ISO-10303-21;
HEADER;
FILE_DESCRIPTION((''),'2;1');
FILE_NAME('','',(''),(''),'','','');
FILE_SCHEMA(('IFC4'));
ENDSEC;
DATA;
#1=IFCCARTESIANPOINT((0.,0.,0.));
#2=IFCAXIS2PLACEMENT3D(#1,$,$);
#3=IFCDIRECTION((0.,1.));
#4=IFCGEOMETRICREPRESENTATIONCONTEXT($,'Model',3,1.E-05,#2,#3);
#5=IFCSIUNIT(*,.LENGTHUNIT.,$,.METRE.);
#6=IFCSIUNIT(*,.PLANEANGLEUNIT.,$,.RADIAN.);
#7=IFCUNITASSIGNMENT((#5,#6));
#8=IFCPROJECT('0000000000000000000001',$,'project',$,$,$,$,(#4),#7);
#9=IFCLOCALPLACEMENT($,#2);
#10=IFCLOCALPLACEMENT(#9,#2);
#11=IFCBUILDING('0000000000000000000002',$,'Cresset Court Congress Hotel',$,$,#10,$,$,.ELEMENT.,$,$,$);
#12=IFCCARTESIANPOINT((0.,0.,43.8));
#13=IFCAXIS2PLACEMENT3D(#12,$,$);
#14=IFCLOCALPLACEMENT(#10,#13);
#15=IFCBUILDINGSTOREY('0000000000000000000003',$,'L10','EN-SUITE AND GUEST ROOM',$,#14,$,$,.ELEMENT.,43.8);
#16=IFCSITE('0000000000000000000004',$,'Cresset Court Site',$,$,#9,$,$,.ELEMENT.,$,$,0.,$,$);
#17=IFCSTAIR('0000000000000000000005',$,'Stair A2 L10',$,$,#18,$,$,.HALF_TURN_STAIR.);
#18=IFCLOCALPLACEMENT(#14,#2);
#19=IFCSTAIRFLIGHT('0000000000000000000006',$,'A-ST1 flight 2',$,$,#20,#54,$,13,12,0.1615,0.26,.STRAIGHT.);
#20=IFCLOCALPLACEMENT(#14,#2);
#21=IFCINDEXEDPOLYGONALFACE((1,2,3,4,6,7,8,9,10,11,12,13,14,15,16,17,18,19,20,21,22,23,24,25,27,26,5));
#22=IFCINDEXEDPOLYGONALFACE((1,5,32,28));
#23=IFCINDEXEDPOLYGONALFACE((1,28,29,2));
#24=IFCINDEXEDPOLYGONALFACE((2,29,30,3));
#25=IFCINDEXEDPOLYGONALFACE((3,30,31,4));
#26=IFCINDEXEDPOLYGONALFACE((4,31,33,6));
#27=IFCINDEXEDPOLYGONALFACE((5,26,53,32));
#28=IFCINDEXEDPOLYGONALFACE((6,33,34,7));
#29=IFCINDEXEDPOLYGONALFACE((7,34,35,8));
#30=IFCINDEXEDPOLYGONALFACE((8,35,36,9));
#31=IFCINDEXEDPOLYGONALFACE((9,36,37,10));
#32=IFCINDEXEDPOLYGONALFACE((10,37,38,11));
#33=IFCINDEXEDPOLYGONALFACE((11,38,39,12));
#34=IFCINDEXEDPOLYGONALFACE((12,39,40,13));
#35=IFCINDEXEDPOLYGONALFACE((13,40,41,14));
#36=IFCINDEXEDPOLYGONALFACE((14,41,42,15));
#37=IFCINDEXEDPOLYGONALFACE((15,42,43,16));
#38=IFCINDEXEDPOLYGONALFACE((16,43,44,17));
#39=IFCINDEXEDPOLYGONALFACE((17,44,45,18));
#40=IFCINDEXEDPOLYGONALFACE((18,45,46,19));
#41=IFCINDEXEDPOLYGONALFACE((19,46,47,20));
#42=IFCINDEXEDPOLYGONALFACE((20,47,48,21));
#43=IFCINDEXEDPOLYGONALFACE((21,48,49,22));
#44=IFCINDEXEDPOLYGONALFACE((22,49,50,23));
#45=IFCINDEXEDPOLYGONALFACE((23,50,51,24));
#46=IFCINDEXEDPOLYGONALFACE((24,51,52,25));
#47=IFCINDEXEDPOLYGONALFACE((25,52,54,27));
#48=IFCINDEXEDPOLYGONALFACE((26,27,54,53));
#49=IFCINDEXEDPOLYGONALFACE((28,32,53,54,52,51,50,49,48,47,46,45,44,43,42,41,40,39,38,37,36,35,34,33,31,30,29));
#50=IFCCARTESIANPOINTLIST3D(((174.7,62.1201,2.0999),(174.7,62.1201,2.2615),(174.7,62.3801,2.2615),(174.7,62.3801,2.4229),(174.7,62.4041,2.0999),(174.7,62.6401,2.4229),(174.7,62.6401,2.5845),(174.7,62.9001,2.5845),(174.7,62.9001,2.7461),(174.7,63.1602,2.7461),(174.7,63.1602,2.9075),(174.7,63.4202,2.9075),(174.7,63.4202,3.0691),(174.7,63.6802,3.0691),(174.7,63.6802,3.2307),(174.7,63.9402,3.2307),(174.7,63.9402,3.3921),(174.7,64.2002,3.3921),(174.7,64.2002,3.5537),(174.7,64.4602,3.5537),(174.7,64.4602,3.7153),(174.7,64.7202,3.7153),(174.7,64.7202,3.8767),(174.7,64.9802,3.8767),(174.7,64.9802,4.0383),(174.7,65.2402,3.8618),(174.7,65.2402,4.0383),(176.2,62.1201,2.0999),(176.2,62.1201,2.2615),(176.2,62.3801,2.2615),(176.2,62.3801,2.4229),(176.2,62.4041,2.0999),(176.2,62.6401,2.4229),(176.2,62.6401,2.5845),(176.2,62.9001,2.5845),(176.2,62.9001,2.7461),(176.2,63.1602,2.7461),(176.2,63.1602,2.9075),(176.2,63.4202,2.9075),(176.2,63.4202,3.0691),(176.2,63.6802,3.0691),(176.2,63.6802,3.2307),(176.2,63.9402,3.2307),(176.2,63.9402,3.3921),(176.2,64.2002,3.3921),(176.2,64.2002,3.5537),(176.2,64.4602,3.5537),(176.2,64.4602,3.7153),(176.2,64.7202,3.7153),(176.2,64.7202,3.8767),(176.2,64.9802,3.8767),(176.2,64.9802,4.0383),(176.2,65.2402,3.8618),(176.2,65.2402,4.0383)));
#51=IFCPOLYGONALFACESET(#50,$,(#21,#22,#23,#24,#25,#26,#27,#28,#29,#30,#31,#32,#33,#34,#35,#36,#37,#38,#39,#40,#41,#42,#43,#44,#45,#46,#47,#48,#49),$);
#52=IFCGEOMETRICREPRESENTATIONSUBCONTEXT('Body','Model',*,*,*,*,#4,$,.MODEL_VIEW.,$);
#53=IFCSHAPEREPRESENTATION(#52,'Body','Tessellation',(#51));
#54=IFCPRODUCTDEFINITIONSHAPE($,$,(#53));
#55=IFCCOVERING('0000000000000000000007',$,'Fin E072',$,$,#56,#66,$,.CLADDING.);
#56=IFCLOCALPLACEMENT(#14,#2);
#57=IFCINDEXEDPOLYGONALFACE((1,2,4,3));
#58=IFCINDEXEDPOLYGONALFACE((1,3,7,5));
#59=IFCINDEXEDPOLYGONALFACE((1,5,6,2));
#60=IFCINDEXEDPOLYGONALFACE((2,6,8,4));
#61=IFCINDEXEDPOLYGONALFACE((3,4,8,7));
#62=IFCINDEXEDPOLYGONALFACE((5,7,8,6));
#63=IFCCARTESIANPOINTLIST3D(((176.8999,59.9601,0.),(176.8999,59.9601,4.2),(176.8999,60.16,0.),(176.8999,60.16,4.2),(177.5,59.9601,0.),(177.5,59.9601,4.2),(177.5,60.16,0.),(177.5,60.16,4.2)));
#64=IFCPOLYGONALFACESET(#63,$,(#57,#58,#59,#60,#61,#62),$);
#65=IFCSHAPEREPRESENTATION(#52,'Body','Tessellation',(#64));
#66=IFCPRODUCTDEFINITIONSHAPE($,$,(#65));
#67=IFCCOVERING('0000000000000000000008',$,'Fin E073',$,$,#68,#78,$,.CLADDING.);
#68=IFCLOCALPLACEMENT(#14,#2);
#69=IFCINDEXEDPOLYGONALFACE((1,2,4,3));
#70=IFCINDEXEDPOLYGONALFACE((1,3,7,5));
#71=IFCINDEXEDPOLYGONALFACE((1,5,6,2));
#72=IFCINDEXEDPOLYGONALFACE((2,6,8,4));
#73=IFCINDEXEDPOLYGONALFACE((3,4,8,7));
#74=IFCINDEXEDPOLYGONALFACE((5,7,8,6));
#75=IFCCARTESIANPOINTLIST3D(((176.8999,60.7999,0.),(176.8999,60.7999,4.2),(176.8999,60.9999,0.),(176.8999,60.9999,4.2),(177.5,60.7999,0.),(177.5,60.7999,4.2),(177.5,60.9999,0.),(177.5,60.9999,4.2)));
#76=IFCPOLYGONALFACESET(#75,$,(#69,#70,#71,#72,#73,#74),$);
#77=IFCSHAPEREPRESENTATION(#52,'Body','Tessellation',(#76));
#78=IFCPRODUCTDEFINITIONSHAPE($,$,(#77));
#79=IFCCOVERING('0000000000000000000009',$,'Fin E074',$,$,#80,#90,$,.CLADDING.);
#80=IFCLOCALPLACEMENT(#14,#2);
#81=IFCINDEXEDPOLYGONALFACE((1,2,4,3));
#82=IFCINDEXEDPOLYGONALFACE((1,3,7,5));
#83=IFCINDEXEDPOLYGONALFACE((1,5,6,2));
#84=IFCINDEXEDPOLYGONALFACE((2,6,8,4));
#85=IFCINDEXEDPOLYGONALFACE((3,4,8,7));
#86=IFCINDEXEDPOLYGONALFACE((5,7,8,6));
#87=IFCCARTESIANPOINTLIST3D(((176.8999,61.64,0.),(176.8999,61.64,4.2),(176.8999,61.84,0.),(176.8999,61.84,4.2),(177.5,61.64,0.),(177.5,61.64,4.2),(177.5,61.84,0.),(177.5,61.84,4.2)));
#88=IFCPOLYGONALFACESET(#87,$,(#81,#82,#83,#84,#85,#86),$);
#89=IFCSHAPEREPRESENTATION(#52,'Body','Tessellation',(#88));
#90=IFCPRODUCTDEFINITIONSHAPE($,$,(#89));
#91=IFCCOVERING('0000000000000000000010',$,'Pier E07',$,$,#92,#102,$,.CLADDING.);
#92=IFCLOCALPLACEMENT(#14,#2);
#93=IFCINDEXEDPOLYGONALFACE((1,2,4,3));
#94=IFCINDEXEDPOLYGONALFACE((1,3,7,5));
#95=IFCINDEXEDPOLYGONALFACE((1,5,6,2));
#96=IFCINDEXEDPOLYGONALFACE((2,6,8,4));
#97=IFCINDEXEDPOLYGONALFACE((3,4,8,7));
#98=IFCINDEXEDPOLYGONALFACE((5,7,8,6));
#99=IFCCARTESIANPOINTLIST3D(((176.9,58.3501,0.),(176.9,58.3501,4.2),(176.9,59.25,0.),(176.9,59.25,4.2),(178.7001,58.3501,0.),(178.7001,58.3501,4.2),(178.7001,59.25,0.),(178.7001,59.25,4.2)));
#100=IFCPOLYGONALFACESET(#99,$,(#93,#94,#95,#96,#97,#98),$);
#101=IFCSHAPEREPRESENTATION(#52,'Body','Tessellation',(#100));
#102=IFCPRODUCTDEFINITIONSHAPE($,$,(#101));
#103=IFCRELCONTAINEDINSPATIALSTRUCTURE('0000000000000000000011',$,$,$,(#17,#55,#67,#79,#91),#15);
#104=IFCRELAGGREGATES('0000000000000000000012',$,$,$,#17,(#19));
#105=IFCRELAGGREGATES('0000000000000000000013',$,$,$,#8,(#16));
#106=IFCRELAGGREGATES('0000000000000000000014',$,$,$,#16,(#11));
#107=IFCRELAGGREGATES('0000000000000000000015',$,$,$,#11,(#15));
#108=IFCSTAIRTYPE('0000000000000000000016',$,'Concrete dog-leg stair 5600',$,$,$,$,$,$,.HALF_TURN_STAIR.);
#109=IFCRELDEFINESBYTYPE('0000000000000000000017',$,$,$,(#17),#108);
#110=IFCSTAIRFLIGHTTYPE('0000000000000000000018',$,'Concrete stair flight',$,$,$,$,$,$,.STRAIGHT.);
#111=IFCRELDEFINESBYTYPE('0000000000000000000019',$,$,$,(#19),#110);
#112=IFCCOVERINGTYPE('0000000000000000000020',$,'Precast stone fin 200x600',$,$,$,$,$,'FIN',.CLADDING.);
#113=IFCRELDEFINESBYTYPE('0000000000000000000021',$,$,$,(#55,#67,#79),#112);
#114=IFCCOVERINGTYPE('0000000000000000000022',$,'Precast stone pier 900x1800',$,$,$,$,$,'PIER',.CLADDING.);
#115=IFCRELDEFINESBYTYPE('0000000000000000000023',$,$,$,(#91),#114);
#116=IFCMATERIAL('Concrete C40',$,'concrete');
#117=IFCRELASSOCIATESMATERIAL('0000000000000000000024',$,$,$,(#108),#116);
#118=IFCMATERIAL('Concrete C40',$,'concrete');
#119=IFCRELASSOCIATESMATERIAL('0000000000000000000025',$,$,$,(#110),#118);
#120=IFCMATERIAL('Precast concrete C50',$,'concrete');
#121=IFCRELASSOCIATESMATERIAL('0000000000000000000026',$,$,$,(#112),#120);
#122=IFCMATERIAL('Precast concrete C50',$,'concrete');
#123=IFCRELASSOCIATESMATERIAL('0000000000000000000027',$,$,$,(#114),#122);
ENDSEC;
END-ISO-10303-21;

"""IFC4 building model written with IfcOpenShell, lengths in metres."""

from ifc_helpers import new_model, si_unit, direction, frame, origin, origin_2d, place, context, subcontext, project, spatial, polyline, rectangle, outline, extrude, material, type_object, element, aggregate, save


model = new_model("IFC4")

# Units and contexts
model_context = context("Model", 3, precision=1e-05, world=origin(), true_north=direction((0.0, 1.0)))
body_context = subcontext(model_context, "Body", "Model", "MODEL_VIEW")
ifc_project = project(units=[si_unit("LENGTHUNIT", "METRE"), si_unit("PLANEANGLEUNIT", "RADIAN")], contexts=[model_context])

# Site, building, storey
site_placement = place(None, origin())
site = spatial("IfcSite", under=ifc_project, at=site_placement, Name="Cresset Court Site", CompositionType="ELEMENT", RefElevation=0.0)
building_placement = place(site_placement, origin())
building = spatial("IfcBuilding", under=site, at=building_placement, Name="Cresset Court Congress Hotel", CompositionType="ELEMENT")
storey_placement = place(building_placement, frame((0.0, 0.0, 43.8)))
storey = spatial("IfcBuildingStorey", under=building, at=storey_placement, Name="L10", Description="EN-SUITE AND GUEST ROOM", CompositionType="ELEMENT", Elevation=43.8)

# Stair, stair flight
ifc_material_1 = material(Name="Concrete C40", Category="concrete")
stair_type = type_object("IfcStairType", Name="Concrete dog-leg stair 5600", PredefinedType="HALF_TURN_STAIR", material=ifc_material_1)
stair_placement = place(storey_placement, origin())
stair = element("IfcStair", 1, at=stair_placement, inside=storey, type_object=stair_type, Name="Stair A2 L10", PredefinedType="HALF_TURN_STAIR")
ifc_material_2 = material(Name="Concrete C40", Category="concrete")
stair_flight_type = type_object("IfcStairFlightType", Name="Concrete stair flight", PredefinedType="STRAIGHT", material=ifc_material_2)
stair_flight_placement = place(storey_placement, frame((175.45, 62.1201, 2.0999), z_axis=(0.0, 0.0, 1.0), x_axis=(0.0, 1.0, 0.0)))
stair_flight = element("IfcStairFlight", 2, at=stair_flight_placement, type_object=stair_flight_type, Name="A-ST1 flight 2", NumberOfRisers=13, NumberOfTreads=12, PredefinedType="STRAIGHT", RiserHeight=0.1615, TreadLength=0.26, context=body_context, shape_type="SweptSolid", body=[
    extrude(outline(polyline([(0.0, 0.0), (0.0, 0.1616), (0.26, 0.1616), (0.26, 0.323), (0.52, 0.323), (0.52, 0.4846), (0.78, 0.4846), (0.78, 0.6462), (1.04, 0.6462), (1.04, 0.8076), (1.3, 0.8076), (1.3, 0.9692), (1.5601, 0.9692), (1.5601, 1.1309), (1.8201, 1.1309), (1.8201, 1.2922), (2.0801, 1.2922), (2.0801, 1.4539), (2.3401, 1.4539), (2.3401, 1.6155), (2.6001, 1.6155), (2.6001, 1.7769), (2.8601, 1.7769), (2.8601, 1.9385), (3.1201, 1.9385), (3.1201, 2.1001), (3.1201, 1.762), (0.2839, 0.0), (0.0, 0.0)])), frame((0.0, 0.75, 0.0), z_axis=(0.0, -1.0, 0.0), x_axis=(1.0, 0.0, 0.0)), (0.0, 0.0, 1.0), 1.5),
])
aggregate(stair, [stair_flight])

# Coverings
ifc_material_3 = material(Name="Precast concrete C50", Category="concrete")
covering_type_1 = type_object("IfcCoveringType", Name="Precast stone fin 200x600", ElementType="FIN", PredefinedType="CLADDING", material=ifc_material_3)
for number, where, z_axis, x_axis, name in (
    (3, (177.2, 60.0601, 0.0), (0.0, 0.0, 1.0), (1.0, 0.0, 0.0), "Fin E072"),
    (4, (177.2, 60.8999, 0.0), (0.0, 0.0, 1.0), (1.0, 0.0, 0.0), "Fin E073"),
    (5, (177.2, 61.74, 0.0), (0.0, 0.0, 1.0), (1.0, 0.0, 0.0), "Fin E074"),
):
    element("IfcCovering", number, at=place(storey_placement, frame(where, z_axis=z_axis, x_axis=x_axis)), inside=storey, type_object=covering_type_1, Name=name, PredefinedType="CLADDING", context=body_context, shape_type="SweptSolid", body=[
        extrude(rectangle(XDim=0.6001, YDim=0.2, at=origin_2d()), origin(), (0.0, 0.0, 1.0), 4.2),
    ])
ifc_material_4 = material(Name="Precast concrete C50", Category="concrete")
covering_type_2 = type_object("IfcCoveringType", Name="Precast stone pier 900x1800", ElementType="PIER", PredefinedType="CLADDING", material=ifc_material_4)
covering_placement = place(storey_placement, frame((177.8, 58.8, 0.0), z_axis=(0.0, 0.0, 1.0), x_axis=(1.0, 0.0, 0.0)))
element("IfcCovering", 6, at=covering_placement, inside=storey, type_object=covering_type_2, Name="Pier E07", PredefinedType="CLADDING", context=body_context, shape_type="SweptSolid", body=[
    extrude(rectangle(XDim=1.8, YDim=0.8999, at=origin_2d()), origin(), (0.0, 0.0, 1.0), 4.2),
])

save(model, "model.ifc")
